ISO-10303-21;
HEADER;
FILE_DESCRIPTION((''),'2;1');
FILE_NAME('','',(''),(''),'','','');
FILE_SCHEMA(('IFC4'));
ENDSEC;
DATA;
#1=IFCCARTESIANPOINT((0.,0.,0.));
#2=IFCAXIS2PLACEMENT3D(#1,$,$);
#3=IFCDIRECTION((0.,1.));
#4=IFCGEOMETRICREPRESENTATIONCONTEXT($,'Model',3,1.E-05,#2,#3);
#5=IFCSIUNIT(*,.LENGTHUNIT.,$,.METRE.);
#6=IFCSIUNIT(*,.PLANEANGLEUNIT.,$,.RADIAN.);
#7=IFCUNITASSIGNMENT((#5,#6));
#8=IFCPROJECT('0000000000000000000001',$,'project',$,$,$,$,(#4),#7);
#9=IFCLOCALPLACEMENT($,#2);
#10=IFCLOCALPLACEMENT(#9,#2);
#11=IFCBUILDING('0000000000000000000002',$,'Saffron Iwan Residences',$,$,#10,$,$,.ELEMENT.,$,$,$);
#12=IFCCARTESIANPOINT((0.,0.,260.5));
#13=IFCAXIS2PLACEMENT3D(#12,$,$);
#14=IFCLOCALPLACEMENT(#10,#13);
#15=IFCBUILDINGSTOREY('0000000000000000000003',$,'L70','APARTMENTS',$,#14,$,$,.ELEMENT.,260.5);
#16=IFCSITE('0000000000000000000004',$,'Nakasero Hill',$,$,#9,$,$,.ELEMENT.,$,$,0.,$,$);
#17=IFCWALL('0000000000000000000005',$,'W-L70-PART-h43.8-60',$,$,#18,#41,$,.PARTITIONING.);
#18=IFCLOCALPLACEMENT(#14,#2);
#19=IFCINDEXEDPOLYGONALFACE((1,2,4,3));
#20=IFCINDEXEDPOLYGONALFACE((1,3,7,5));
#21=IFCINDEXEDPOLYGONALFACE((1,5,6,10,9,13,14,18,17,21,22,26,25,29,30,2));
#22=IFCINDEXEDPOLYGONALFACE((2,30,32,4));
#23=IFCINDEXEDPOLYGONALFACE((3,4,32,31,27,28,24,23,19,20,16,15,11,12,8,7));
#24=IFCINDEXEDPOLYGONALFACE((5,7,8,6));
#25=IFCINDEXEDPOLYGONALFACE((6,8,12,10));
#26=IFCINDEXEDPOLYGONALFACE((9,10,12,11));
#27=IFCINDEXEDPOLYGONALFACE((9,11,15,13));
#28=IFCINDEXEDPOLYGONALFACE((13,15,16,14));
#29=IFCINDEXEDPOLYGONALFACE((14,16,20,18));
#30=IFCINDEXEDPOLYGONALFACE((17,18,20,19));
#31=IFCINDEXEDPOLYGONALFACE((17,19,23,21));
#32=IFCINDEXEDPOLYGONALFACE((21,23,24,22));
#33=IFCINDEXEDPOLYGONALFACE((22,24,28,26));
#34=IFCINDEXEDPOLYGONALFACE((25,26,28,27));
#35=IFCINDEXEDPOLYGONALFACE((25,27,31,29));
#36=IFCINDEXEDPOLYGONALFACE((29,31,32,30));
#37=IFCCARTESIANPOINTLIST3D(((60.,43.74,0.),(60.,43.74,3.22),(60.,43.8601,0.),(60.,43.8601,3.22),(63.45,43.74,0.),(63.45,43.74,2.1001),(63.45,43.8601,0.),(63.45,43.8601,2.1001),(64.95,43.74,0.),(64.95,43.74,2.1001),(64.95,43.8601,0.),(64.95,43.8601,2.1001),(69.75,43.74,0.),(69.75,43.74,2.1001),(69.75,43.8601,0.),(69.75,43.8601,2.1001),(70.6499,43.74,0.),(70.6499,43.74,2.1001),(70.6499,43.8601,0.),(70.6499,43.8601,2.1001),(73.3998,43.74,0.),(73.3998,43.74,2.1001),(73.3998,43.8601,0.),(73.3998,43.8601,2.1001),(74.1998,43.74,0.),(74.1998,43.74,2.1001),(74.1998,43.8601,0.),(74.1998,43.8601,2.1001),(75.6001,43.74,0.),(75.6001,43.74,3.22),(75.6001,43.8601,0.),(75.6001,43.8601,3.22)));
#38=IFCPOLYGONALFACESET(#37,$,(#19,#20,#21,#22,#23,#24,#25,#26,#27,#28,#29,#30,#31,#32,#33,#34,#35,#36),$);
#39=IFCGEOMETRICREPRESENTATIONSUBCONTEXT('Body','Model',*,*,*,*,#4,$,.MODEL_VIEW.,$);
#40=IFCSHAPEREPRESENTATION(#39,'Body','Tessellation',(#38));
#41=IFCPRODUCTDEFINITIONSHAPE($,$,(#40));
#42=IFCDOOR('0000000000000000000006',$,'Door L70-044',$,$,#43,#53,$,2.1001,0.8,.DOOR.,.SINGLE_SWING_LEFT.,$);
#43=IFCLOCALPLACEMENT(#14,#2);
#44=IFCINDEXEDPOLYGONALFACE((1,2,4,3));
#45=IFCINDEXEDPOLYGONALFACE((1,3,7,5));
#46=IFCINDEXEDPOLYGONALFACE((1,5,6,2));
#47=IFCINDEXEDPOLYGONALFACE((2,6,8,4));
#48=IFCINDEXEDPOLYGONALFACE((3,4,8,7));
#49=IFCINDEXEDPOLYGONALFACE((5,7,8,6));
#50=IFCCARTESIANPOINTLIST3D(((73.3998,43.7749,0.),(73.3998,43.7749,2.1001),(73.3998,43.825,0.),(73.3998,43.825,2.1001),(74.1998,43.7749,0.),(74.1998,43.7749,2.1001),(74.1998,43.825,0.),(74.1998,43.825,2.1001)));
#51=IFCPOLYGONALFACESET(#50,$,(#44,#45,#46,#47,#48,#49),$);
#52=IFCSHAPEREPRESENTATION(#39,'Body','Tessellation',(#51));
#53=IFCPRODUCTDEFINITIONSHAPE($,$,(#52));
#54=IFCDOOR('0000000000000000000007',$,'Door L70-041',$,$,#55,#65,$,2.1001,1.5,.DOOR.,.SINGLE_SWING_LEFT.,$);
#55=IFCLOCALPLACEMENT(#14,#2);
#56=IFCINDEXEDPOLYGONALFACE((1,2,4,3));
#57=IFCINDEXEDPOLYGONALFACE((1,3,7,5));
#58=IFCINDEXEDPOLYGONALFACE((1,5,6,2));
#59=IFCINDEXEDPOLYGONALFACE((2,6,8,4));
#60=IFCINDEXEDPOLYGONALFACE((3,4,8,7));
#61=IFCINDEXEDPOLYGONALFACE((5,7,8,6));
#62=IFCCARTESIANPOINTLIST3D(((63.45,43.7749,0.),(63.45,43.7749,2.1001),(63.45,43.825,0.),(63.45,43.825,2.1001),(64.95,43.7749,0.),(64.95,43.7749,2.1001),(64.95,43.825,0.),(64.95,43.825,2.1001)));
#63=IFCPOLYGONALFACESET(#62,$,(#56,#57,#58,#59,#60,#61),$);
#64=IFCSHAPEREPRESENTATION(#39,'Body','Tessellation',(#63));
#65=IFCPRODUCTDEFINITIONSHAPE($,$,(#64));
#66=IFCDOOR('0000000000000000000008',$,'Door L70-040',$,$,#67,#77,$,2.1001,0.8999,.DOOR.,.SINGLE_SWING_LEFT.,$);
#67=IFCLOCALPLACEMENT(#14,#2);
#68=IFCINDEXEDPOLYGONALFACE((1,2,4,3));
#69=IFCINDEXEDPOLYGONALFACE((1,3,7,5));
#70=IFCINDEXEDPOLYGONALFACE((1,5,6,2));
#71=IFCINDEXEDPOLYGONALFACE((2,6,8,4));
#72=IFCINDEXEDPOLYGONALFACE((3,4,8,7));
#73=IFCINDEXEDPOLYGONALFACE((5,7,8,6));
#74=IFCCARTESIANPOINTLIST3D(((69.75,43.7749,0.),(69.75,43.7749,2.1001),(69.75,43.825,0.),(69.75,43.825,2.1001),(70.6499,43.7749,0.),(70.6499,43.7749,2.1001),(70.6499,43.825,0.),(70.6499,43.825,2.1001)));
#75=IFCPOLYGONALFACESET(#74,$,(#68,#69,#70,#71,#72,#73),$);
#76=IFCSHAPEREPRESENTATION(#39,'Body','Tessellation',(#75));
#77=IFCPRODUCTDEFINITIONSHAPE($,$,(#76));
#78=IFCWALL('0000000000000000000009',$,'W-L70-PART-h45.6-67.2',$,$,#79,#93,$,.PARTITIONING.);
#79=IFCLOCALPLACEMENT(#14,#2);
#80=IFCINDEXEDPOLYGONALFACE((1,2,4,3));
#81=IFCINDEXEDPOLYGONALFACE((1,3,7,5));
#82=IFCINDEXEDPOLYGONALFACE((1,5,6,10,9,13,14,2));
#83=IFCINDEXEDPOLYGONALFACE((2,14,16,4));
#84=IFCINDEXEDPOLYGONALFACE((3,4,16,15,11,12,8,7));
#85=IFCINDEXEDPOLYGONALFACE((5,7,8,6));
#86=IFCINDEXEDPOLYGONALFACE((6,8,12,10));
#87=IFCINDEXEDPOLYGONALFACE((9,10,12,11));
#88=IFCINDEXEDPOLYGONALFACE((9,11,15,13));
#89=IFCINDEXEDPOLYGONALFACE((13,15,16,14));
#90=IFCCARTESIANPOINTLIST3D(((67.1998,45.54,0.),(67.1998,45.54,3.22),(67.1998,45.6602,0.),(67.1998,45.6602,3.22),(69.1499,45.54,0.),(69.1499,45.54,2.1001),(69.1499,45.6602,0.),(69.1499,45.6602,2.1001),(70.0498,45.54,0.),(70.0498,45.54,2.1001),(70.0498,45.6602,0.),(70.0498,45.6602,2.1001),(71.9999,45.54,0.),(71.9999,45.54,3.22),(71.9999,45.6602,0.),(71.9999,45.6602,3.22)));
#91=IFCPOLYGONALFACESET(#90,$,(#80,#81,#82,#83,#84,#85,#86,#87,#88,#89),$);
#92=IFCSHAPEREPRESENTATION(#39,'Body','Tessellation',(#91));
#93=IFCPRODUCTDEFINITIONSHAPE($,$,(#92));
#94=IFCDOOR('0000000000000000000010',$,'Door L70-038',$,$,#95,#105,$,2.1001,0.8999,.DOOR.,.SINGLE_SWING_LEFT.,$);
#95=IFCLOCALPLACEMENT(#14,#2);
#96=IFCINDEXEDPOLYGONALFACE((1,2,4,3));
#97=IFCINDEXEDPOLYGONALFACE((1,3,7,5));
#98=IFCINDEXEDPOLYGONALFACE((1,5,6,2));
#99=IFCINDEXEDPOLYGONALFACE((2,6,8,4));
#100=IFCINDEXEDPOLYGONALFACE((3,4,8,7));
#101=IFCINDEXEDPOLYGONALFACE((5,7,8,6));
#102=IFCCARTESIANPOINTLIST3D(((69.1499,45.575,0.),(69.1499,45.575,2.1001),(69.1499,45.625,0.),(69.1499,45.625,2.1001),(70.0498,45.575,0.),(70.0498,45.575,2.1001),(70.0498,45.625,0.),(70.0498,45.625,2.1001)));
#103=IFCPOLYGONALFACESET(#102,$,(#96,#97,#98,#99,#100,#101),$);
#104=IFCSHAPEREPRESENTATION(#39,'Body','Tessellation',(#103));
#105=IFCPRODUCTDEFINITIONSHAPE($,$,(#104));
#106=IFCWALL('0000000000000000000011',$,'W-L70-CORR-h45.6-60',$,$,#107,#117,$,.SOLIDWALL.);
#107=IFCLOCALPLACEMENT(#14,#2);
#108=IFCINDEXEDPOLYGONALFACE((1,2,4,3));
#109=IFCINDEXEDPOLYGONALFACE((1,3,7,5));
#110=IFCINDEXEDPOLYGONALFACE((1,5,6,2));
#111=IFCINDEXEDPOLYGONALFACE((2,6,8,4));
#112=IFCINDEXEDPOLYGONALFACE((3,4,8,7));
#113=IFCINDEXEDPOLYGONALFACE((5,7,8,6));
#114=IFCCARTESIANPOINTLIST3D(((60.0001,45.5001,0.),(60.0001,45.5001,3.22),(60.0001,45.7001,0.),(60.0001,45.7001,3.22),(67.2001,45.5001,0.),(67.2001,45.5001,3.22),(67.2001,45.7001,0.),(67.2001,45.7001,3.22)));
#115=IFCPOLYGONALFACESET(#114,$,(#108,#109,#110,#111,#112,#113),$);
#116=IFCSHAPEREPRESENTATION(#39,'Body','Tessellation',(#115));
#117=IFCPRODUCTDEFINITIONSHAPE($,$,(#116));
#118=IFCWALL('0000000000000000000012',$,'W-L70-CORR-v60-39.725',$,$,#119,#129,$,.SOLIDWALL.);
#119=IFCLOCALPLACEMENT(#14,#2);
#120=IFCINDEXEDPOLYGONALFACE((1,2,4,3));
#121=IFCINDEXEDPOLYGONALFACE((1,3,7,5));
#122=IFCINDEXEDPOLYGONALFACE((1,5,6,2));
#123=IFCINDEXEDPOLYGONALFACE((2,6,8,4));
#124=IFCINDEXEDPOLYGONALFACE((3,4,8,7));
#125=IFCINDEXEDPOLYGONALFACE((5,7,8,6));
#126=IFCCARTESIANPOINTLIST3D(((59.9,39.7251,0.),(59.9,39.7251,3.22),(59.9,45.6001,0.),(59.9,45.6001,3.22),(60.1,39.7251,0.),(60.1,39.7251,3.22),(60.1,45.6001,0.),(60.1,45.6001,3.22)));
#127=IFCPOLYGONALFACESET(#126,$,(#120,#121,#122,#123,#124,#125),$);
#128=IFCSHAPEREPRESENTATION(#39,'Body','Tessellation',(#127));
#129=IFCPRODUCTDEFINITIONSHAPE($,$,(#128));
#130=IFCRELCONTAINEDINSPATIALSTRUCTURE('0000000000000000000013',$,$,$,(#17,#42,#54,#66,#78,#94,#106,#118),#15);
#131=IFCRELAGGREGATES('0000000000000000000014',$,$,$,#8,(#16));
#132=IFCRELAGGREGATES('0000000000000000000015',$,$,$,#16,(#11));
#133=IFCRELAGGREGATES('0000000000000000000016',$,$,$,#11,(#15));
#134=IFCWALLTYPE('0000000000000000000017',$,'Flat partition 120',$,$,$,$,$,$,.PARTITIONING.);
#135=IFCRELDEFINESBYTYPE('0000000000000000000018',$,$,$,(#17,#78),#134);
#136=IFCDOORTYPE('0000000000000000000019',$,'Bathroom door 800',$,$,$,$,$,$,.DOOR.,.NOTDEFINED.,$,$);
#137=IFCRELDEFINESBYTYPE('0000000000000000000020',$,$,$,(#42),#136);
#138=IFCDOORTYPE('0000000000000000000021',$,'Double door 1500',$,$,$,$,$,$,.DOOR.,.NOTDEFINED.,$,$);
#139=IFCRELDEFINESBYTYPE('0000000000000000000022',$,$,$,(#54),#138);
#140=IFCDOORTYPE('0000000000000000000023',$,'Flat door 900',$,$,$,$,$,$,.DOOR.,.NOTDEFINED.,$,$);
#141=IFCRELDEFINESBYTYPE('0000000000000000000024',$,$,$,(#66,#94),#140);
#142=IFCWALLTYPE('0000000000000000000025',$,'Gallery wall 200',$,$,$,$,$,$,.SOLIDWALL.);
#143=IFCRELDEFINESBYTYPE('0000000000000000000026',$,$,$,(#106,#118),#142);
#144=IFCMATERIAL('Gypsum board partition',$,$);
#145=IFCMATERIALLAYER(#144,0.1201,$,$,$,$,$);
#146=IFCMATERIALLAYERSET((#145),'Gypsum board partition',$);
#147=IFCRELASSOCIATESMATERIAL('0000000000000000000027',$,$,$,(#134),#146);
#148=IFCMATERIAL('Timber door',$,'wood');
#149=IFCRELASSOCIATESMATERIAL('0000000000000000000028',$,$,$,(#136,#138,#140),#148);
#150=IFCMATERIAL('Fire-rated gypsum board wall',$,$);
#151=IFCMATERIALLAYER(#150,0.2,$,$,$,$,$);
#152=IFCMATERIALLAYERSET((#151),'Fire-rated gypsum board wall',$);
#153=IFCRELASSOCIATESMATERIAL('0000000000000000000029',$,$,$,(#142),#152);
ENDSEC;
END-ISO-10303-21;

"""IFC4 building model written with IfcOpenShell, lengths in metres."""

from ifc_helpers import new_model, si_unit, direction, frame, frame_2d, origin, place, context, subcontext, project, spatial, rectangle, extrude, material, layer, layer_set, type_object, element, fill, save


model = new_model("IFC4")

# Units and contexts
model_context = context("Model", 3, precision=1e-05, world=origin(), true_north=direction((0.0, 1.0)))
body_context = subcontext(model_context, "Body", "Model", "MODEL_VIEW")
ifc_project = project(units=[si_unit("LENGTHUNIT", "METRE"), si_unit("PLANEANGLEUNIT", "RADIAN")], contexts=[model_context])

# Site, building, storey
site_placement = place(None, origin())
site = spatial("IfcSite", under=ifc_project, at=site_placement, Name="Nakasero Hill", CompositionType="ELEMENT", RefElevation=0.0)
building_placement = place(site_placement, origin())
building = spatial("IfcBuilding", under=site, at=building_placement, Name="Saffron Iwan Residences", CompositionType="ELEMENT")
storey_placement = place(building_placement, frame((0.0, 0.0, 260.5)))
storey = spatial("IfcBuildingStorey", under=building, at=storey_placement, Name="L70", Description="APARTMENTS", CompositionType="ELEMENT", Elevation=260.5)

# Wall, openings, doors
ifc_material_1 = material(Name="Gypsum board partition")
ifc_layer_1 = layer(ifc_material_1, 0.1201)
ifc_layer_set_1 = layer_set([ifc_layer_1], Name="Gypsum board partition")
wall_type_1 = type_object("IfcWallType", Name="Flat partition 120", PredefinedType="PARTITIONING", material=ifc_layer_set_1)
wall_1_placement = place(storey_placement, frame((60.0, 43.8, 0.0), z_axis=(0.0, 0.0, 1.0), x_axis=(1.0, 0.0, 0.0)))
wall_1 = element("IfcWall", 1, at=wall_1_placement, inside=storey, type_object=wall_type_1, Name="W-L70-PART-h43.8-60", PredefinedType="PARTITIONING", context=body_context, shape_type="SweptSolid", body=[
    extrude(rectangle(XDim=15.6001, YDim=0.1201, at=frame_2d((7.8, 0.0))), origin(), (0.0, 0.0, 1.0), 3.22),
])
opening_1_placement = place(wall_1_placement, frame((9.75, 0.0, 0.0)))
opening_1 = element("IfcOpeningElement", 2, at=opening_1_placement, cuts=wall_1, PredefinedType="OPENING", context=body_context, shape_type="SweptSolid", body=[
    extrude(rectangle(XDim=0.8999, YDim=2.1001, at=frame_2d((0.45, 1.05))), frame((0.0, 0.0701, 0.0), z_axis=(0.0, -1.0, 0.0), x_axis=(1.0, 0.0, 0.0)), (0.0, 0.0, 1.0), 0.1401),
])
opening_2_placement = place(wall_1_placement, frame((3.45, 0.0, 0.0)))
opening_2 = element("IfcOpeningElement", 3, at=opening_2_placement, cuts=wall_1, PredefinedType="OPENING", context=body_context, shape_type="SweptSolid", body=[
    extrude(rectangle(XDim=1.5, YDim=2.1001, at=frame_2d((0.75, 1.05))), frame((0.0, 0.0701, 0.0), z_axis=(0.0, -1.0, 0.0), x_axis=(1.0, 0.0, 0.0)), (0.0, 0.0, 1.0), 0.1401),
])
opening_3_placement = place(wall_1_placement, frame((13.3999, 0.0, 0.0)))
opening_3 = element("IfcOpeningElement", 4, at=opening_3_placement, cuts=wall_1, PredefinedType="OPENING", context=body_context, shape_type="SweptSolid", body=[
    extrude(rectangle(XDim=0.8, YDim=2.1001, at=frame_2d((0.3999, 1.05))), frame((0.0, 0.0701, 0.0), z_axis=(0.0, -1.0, 0.0), x_axis=(1.0, 0.0, 0.0)), (0.0, 0.0, 1.0), 0.1401),
])
ifc_material_2 = material(Name="Timber door", Category="wood")
door_type_1 = type_object("IfcDoorType", Name="Bathroom door 800", OperationType="NOTDEFINED", PredefinedType="DOOR", material=ifc_material_2)
door_1_placement = place(opening_3_placement, origin())
door_1 = element("IfcDoor", 5, at=door_1_placement, inside=storey, type_object=door_type_1, Name="Door L70-044", OperationType="SINGLE_SWING_LEFT", OverallHeight=2.1001, OverallWidth=0.8, PredefinedType="DOOR", context=body_context, shape_type="SweptSolid", body=[
    extrude(rectangle(XDim=0.8, YDim=2.1001, at=frame_2d((0.3999, 1.05))), frame((0.0, 0.0249, 0.0), z_axis=(0.0, -1.0, 0.0), x_axis=(1.0, 0.0, 0.0)), (0.0, 0.0, 1.0), 0.05),
])
fill(opening_3, door_1)
door_type_2 = type_object("IfcDoorType", Name="Double door 1500", OperationType="NOTDEFINED", PredefinedType="DOOR", material=ifc_material_2)
door_2_placement = place(opening_2_placement, origin())
door_2 = element("IfcDoor", 6, at=door_2_placement, inside=storey, type_object=door_type_2, Name="Door L70-041", OperationType="SINGLE_SWING_LEFT", OverallHeight=2.1001, OverallWidth=1.5, PredefinedType="DOOR", context=body_context, shape_type="SweptSolid", body=[
    extrude(rectangle(XDim=1.5, YDim=2.1001, at=frame_2d((0.75, 1.05))), frame((0.0, 0.0249, 0.0), z_axis=(0.0, -1.0, 0.0), x_axis=(1.0, 0.0, 0.0)), (0.0, 0.0, 1.0), 0.05),
])
fill(opening_2, door_2)
door_type_3 = type_object("IfcDoorType", Name="Flat door 900", OperationType="NOTDEFINED", PredefinedType="DOOR", material=ifc_material_2)
door_3_placement = place(opening_1_placement, origin())
door_3 = element("IfcDoor", 7, at=door_3_placement, inside=storey, type_object=door_type_3, Name="Door L70-040", OperationType="SINGLE_SWING_LEFT", OverallHeight=2.1001, OverallWidth=0.8999, PredefinedType="DOOR", context=body_context, shape_type="SweptSolid", body=[
    extrude(rectangle(XDim=0.8999, YDim=2.1001, at=frame_2d((0.45, 1.05))), frame((0.0, 0.0249, 0.0), z_axis=(0.0, -1.0, 0.0), x_axis=(1.0, 0.0, 0.0)), (0.0, 0.0, 1.0), 0.05),
])
fill(opening_1, door_3)

# Wall, opening, door
wall_2_placement = place(storey_placement, frame((67.2, 45.6001, 0.0), z_axis=(0.0, 0.0, 1.0), x_axis=(1.0, 0.0, 0.0)))
wall_2 = element("IfcWall", 8, at=wall_2_placement, inside=storey, type_object=wall_type_1, Name="W-L70-PART-h45.6-67.2", PredefinedType="PARTITIONING", context=body_context, shape_type="SweptSolid", body=[
    extrude(rectangle(XDim=4.8, YDim=0.1201, at=frame_2d((2.3999, 0.0))), origin(), (0.0, 0.0, 1.0), 3.22),
])
opening_4_placement = place(wall_2_placement, frame((1.95, 0.0, 0.0)))
opening_4 = element("IfcOpeningElement", 9, at=opening_4_placement, cuts=wall_2, PredefinedType="OPENING", context=body_context, shape_type="SweptSolid", body=[
    extrude(rectangle(XDim=0.8999, YDim=2.1001, at=frame_2d((0.45, 1.05))), frame((0.0, 0.0701, 0.0), z_axis=(0.0, -1.0, 0.0), x_axis=(1.0, 0.0, 0.0)), (0.0, 0.0, 1.0), 0.1401),
])
door_4_placement = place(opening_4_placement, origin())
door_4 = element("IfcDoor", 10, at=door_4_placement, inside=storey, type_object=door_type_3, Name="Door L70-038", OperationType="SINGLE_SWING_LEFT", OverallHeight=2.1001, OverallWidth=0.8999, PredefinedType="DOOR", context=body_context, shape_type="SweptSolid", body=[
    extrude(rectangle(XDim=0.8999, YDim=2.1001, at=frame_2d((0.45, 1.05))), frame((0.0, 0.0249, 0.0), z_axis=(0.0, -1.0, 0.0), x_axis=(1.0, 0.0, 0.0)), (0.0, 0.0, 1.0), 0.05),
])
fill(opening_4, door_4)

# Walls
ifc_material_3 = material(Name="Fire-rated gypsum board wall")
ifc_layer_2 = layer(ifc_material_3, 0.2)
ifc_layer_set_2 = layer_set([ifc_layer_2], Name="Fire-rated gypsum board wall")
wall_type_2 = type_object("IfcWallType", Name="Gallery wall 200", PredefinedType="SOLIDWALL", material=ifc_layer_set_2)
wall_3_placement = place(storey_placement, frame((60.0, 45.6001, 0.0), z_axis=(0.0, 0.0, 1.0), x_axis=(1.0, 0.0, 0.0)))
element("IfcWall", 11, at=wall_3_placement, inside=storey, type_object=wall_type_2, Name="W-L70-CORR-h45.6-60", PredefinedType="SOLIDWALL", context=body_context, shape_type="SweptSolid", body=[
    extrude(rectangle(XDim=7.2, YDim=0.2, at=frame_2d((3.6001, 0.0))), origin(), (0.0, 0.0, 1.0), 3.22),
])
wall_4_placement = place(storey_placement, frame((60.0, 39.7251, 0.0), z_axis=(0.0, 0.0, 1.0), x_axis=(0.0, 1.0, 0.0)))
element("IfcWall", 12, at=wall_4_placement, inside=storey, type_object=wall_type_2, Name="W-L70-CORR-v60-39.725", PredefinedType="SOLIDWALL", context=body_context, shape_type="SweptSolid", body=[
    extrude(rectangle(XDim=5.875, YDim=0.2, at=frame_2d((2.9375, 0.0))), origin(), (0.0, 0.0, 1.0), 3.22),
])

save(model, "model.ifc")
